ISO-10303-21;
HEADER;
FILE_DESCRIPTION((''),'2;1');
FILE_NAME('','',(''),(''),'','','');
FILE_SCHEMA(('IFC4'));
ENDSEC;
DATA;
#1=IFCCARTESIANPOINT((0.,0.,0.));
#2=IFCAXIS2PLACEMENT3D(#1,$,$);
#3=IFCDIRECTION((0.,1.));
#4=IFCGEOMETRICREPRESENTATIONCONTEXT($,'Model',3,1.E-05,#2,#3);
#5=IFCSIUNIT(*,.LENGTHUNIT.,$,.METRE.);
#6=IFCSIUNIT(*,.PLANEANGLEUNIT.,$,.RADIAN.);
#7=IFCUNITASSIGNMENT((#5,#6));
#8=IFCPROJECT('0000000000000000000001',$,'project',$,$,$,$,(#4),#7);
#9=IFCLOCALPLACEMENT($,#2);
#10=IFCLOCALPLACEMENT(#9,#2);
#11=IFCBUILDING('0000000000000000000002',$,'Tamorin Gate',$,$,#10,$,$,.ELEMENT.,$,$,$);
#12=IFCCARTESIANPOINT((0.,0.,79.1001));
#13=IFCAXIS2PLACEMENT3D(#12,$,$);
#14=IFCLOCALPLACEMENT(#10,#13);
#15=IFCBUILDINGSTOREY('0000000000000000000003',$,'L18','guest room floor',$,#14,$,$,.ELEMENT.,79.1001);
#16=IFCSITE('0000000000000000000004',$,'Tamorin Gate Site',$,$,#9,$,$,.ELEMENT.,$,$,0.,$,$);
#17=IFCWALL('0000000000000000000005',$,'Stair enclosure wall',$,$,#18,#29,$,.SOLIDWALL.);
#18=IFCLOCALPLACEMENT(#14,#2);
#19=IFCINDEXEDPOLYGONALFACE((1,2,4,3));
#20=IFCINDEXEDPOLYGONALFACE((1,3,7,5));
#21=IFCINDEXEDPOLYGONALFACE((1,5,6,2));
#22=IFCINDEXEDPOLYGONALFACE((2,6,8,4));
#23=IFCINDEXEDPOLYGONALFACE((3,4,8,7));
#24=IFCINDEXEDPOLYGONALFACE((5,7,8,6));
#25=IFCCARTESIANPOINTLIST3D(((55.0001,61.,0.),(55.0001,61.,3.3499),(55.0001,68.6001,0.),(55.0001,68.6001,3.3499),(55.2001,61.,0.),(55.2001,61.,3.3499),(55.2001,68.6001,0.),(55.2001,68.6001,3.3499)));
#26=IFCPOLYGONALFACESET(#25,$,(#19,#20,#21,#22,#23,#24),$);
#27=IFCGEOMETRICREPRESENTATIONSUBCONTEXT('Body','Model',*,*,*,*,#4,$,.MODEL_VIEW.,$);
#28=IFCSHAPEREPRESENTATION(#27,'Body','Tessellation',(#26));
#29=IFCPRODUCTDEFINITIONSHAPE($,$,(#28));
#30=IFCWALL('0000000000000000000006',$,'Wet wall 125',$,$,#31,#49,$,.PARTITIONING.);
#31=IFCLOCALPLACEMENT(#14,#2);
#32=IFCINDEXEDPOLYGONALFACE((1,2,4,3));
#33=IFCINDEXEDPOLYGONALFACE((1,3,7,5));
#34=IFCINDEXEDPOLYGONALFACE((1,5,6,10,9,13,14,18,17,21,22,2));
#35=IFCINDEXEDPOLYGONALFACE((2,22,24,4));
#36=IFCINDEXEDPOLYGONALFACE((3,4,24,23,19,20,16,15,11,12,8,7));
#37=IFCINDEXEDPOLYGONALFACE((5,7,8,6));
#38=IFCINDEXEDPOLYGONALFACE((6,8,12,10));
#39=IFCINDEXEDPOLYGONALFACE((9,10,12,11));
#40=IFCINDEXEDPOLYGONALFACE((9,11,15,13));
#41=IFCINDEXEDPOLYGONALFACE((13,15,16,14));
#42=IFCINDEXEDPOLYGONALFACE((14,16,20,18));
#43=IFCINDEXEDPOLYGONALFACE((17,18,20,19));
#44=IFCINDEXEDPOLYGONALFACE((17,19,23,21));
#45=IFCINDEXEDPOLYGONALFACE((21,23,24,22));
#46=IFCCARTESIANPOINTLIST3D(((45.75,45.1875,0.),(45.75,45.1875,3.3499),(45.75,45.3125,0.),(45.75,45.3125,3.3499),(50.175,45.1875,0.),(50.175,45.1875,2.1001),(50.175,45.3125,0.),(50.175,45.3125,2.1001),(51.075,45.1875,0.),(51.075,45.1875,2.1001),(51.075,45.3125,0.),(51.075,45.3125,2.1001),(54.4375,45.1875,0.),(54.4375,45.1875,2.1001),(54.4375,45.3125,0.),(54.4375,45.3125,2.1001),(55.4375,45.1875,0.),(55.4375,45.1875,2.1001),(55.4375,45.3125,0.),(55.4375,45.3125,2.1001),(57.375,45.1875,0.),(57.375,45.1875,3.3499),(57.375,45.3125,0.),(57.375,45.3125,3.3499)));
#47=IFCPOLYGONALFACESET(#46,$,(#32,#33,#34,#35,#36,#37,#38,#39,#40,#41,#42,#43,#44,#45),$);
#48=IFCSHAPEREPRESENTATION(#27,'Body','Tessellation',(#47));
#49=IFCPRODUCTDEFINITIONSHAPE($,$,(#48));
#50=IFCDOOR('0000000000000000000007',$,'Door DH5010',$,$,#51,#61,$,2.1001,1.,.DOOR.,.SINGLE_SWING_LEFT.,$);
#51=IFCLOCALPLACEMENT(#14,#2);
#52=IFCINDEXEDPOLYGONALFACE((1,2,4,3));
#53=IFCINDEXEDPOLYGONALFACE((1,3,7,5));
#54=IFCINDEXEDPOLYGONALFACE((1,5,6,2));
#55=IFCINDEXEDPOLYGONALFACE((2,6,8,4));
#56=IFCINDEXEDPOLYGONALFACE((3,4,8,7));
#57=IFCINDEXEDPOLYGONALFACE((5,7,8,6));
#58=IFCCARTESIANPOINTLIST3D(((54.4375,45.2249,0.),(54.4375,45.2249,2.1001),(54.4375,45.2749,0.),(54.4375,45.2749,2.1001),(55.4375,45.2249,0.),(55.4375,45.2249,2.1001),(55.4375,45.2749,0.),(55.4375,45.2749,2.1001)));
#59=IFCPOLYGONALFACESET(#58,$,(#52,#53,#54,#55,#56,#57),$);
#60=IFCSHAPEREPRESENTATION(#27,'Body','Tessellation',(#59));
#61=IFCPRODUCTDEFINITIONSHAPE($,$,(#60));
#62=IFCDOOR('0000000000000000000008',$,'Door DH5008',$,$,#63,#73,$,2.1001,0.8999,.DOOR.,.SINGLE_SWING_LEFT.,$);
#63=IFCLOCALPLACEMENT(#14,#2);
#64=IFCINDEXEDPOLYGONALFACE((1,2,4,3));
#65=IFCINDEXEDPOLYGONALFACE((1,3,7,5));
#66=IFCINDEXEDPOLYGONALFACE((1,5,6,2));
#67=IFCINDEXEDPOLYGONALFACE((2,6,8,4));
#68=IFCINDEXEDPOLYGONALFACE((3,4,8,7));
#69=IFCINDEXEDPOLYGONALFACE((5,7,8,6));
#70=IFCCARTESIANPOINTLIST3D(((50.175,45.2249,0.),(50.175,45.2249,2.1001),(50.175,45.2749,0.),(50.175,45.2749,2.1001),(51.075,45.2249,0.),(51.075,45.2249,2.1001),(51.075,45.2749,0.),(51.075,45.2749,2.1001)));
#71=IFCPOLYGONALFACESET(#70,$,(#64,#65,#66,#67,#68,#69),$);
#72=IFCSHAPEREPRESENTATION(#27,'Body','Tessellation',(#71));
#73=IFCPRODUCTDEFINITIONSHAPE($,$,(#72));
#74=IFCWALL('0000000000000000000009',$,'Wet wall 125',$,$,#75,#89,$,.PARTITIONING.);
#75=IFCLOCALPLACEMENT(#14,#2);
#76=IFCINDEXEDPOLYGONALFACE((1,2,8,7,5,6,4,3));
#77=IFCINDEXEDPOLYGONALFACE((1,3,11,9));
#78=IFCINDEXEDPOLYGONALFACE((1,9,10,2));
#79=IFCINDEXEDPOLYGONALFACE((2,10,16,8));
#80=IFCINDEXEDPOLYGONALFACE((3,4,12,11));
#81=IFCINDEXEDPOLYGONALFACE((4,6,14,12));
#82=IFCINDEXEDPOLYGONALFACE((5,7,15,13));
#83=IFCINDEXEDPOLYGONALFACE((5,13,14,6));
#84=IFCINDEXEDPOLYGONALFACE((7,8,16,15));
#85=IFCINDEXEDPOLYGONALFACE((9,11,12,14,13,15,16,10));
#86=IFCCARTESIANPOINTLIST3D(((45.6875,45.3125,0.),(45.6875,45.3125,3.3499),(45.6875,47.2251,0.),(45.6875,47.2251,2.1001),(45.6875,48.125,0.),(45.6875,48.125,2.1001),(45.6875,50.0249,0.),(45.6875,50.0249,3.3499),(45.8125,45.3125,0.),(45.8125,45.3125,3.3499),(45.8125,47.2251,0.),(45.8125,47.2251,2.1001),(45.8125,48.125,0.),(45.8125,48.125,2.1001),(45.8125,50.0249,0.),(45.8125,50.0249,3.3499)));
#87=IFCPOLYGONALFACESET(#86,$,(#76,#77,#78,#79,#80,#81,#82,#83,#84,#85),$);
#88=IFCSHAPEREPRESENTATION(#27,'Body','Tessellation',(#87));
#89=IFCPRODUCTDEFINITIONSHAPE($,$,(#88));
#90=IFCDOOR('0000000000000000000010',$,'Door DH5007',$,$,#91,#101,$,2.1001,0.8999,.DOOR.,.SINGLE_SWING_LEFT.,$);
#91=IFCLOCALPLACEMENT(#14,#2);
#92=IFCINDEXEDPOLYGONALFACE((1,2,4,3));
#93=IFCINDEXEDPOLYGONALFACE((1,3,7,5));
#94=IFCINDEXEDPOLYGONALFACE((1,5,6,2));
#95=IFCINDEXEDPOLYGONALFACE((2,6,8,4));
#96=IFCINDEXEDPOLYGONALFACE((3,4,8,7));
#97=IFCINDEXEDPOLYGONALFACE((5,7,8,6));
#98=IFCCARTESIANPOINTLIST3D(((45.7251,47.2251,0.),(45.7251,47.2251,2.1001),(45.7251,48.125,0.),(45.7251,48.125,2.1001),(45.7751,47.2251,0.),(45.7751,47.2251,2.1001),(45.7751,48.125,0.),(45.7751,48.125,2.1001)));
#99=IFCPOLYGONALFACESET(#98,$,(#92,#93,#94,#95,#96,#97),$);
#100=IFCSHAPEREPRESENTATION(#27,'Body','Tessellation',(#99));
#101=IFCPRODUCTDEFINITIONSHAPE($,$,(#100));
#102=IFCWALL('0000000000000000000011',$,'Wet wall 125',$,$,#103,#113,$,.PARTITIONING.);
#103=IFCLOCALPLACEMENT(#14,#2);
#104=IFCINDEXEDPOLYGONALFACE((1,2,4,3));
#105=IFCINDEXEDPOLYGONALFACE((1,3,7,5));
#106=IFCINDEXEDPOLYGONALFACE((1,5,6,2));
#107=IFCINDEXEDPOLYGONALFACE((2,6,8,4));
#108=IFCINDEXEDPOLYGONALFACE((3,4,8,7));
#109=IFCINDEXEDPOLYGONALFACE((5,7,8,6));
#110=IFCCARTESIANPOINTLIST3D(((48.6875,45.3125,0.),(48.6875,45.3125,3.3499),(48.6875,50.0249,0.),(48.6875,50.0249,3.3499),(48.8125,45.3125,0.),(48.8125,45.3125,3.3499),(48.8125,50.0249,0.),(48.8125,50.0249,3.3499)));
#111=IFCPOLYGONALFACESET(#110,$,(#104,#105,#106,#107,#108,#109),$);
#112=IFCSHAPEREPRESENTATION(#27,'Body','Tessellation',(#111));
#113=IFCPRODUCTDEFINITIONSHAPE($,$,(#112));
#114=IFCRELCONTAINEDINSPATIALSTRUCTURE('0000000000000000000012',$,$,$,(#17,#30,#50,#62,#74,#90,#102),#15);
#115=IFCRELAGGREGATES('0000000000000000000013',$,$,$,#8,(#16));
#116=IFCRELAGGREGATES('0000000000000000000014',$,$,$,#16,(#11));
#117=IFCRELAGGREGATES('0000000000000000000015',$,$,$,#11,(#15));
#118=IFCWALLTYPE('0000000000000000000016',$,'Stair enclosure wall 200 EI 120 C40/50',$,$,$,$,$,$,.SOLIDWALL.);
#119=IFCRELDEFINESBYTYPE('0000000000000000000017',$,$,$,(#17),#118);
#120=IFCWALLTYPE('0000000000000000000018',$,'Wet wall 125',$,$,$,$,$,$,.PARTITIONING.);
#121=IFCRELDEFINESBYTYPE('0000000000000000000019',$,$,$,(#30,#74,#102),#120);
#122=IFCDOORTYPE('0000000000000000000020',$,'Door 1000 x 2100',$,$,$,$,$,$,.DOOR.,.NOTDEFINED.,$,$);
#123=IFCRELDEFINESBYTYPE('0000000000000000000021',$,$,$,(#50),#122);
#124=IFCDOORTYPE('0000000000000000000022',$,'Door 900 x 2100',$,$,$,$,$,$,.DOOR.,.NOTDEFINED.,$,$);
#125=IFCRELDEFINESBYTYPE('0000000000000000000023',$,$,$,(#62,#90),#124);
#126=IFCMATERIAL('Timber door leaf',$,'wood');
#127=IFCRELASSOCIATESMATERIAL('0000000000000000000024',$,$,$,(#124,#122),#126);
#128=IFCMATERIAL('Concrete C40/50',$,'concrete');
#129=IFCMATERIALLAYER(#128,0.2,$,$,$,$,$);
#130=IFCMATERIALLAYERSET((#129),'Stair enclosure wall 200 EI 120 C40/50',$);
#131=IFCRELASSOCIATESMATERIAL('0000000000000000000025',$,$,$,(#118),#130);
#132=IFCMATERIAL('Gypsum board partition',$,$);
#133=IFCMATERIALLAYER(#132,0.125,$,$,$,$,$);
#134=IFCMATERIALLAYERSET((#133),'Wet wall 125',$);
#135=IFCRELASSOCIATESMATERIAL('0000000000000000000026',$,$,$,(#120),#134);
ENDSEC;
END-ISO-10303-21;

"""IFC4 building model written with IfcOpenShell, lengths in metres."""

from ifc_helpers import new_model, si_unit, direction, frame, frame_2d, origin, place, context, subcontext, project, spatial, rectangle, extrude, material, layer, layer_set, type_object, element, fill, save


model = new_model("IFC4")

# Units and contexts
model_context = context("Model", 3, precision=1e-05, world=origin(), true_north=direction((0.0, 1.0)))
body_context = subcontext(model_context, "Body", "Model", "MODEL_VIEW")
ifc_project = project(units=[si_unit("LENGTHUNIT", "METRE"), si_unit("PLANEANGLEUNIT", "RADIAN")], contexts=[model_context])

# Site, building, storey
site_placement = place(None, origin())
site = spatial("IfcSite", under=ifc_project, at=site_placement, Name="Tamorin Gate Site", CompositionType="ELEMENT", RefElevation=0.0)
building_placement = place(site_placement, origin())
building = spatial("IfcBuilding", under=site, at=building_placement, Name="Tamorin Gate", CompositionType="ELEMENT")
storey_placement = place(building_placement, frame((0.0, 0.0, 79.1001)))
storey = spatial("IfcBuildingStorey", under=building, at=storey_placement, Name="L18", Description="guest room floor", CompositionType="ELEMENT", Elevation=79.1001)

# Shared definitions
ifc_material_1 = material(Name="Gypsum board partition")

# Shared definitions
ifc_material_2 = material(Name="Timber door leaf", Category="wood")
door_type_1 = type_object("IfcDoorType", Name="Door 900 x 2100", OperationType="NOTDEFINED", PredefinedType="DOOR", material=ifc_material_2)

# Wall
ifc_material_3 = material(Name="Concrete C40/50", Category="concrete")
ifc_layer_1 = layer(ifc_material_3, 0.2)
ifc_layer_set_1 = layer_set([ifc_layer_1], Name="Stair enclosure wall 200 EI 120 C40/50")
wall_type_1 = type_object("IfcWallType", Name="Stair enclosure wall 200 EI 120 C40/50", PredefinedType="SOLIDWALL", material=ifc_layer_set_1)
wall_1_placement = place(storey_placement, frame((55.1001, 61.0, 0.0), z_axis=(0.0, 0.0, 1.0), x_axis=(0.0, 1.0, 0.0)))
element("IfcWall", 1, at=wall_1_placement, inside=storey, type_object=wall_type_1, Name="Stair enclosure wall", PredefinedType="SOLIDWALL", context=body_context, shape_type="SweptSolid", body=[
    extrude(rectangle(XDim=7.6001, YDim=0.2, at=frame_2d((3.8, 0.0))), origin(), (0.0, 0.0, 1.0), 3.3499),
])

# Wall, openings, doors
ifc_layer_2 = layer(ifc_material_1, 0.125)
ifc_layer_set_2 = layer_set([ifc_layer_2], Name="Wet wall 125")
wall_type_2 = type_object("IfcWallType", Name="Wet wall 125", PredefinedType="PARTITIONING", material=ifc_layer_set_2)
wall_2_placement = place(storey_placement, frame((45.75, 45.25, 0.0), z_axis=(0.0, 0.0, 1.0), x_axis=(1.0, 0.0, 0.0)))
wall_2 = element("IfcWall", 2, at=wall_2_placement, inside=storey, type_object=wall_type_2, Name="Wet wall 125", PredefinedType="PARTITIONING", context=body_context, shape_type="SweptSolid", body=[
    extrude(rectangle(XDim=11.625, YDim=0.125, at=frame_2d((5.8125, 0.0))), origin(), (0.0, 0.0, 1.0), 3.3499),
])
opening_1_placement = place(wall_2_placement, frame((4.425, 0.0, 0.0)))
opening_1 = element("IfcOpeningElement", 3, at=opening_1_placement, cuts=wall_2, PredefinedType="OPENING", context=body_context, shape_type="SweptSolid", body=[
    extrude(rectangle(XDim=0.8999, YDim=2.1001, at=frame_2d((0.45, 1.05))), frame((0.0, 0.0725, 0.0), z_axis=(0.0, -1.0, 0.0), x_axis=(1.0, 0.0, 0.0)), (0.0, 0.0, 1.0), 0.145),
])
opening_2_placement = place(wall_2_placement, frame((8.6875, 0.0, 0.0)))
opening_2 = element("IfcOpeningElement", 4, at=opening_2_placement, cuts=wall_2, PredefinedType="OPENING", context=body_context, shape_type="SweptSolid", body=[
    extrude(rectangle(XDim=1.0, YDim=2.1001, at=frame_2d((0.5, 1.05))), frame((0.0, 0.0725, 0.0), z_axis=(0.0, -1.0, 0.0), x_axis=(1.0, 0.0, 0.0)), (0.0, 0.0, 1.0), 0.145),
])
door_type_2 = type_object("IfcDoorType", Name="Door 1000 x 2100", OperationType="NOTDEFINED", PredefinedType="DOOR", material=ifc_material_2)
door_1_placement = place(opening_2_placement, origin())
door_1 = element("IfcDoor", 5, at=door_1_placement, inside=storey, type_object=door_type_2, Name="Door DH5010", OperationType="SINGLE_SWING_LEFT", OverallHeight=2.1001, OverallWidth=1.0, PredefinedType="DOOR", context=body_context, shape_type="SweptSolid", body=[
    extrude(rectangle(XDim=1.0, YDim=2.1001, at=frame_2d((0.5, 1.05))), frame((0.0, 0.0249, 0.0), z_axis=(0.0, -1.0, 0.0), x_axis=(1.0, 0.0, 0.0)), (0.0, 0.0, 1.0), 0.05),
])
fill(opening_2, door_1)
door_2_placement = place(opening_1_placement, origin())
door_2 = element("IfcDoor", 6, at=door_2_placement, inside=storey, type_object=door_type_1, Name="Door DH5008", OperationType="SINGLE_SWING_LEFT", OverallHeight=2.1001, OverallWidth=0.8999, PredefinedType="DOOR", context=body_context, shape_type="SweptSolid", body=[
    extrude(rectangle(XDim=0.8999, YDim=2.1001, at=frame_2d((0.45, 1.05))), frame((0.0, 0.0249, 0.0), z_axis=(0.0, -1.0, 0.0), x_axis=(1.0, 0.0, 0.0)), (0.0, 0.0, 1.0), 0.05),
])
fill(opening_1, door_2)

# Wall, opening, door
wall_3_placement = place(storey_placement, frame((45.75, 45.3125, 0.0), z_axis=(0.0, 0.0, 1.0), x_axis=(0.0, 1.0, 0.0)))
wall_3 = element("IfcWall", 7, at=wall_3_placement, inside=storey, type_object=wall_type_2, Name="Wet wall 125", PredefinedType="PARTITIONING", context=body_context, shape_type="SweptSolid", body=[
    extrude(rectangle(XDim=4.7124, YDim=0.125, at=frame_2d((2.3562, 0.0))), origin(), (0.0, 0.0, 1.0), 3.3499),
])
opening_3_placement = place(wall_3_placement, frame((1.9126, 0.0, 0.0)))
opening_3 = element("IfcOpeningElement", 8, at=opening_3_placement, cuts=wall_3, PredefinedType="OPENING", context=body_context, shape_type="SweptSolid", body=[
    extrude(rectangle(XDim=0.8999, YDim=2.1001, at=frame_2d((0.45, 1.05))), frame((0.0, 0.0725, 0.0), z_axis=(0.0, -1.0, 0.0), x_axis=(1.0, 0.0, 0.0)), (0.0, 0.0, 1.0), 0.145),
])
door_3_placement = place(opening_3_placement, origin())
door_3 = element("IfcDoor", 9, at=door_3_placement, inside=storey, type_object=door_type_1, Name="Door DH5007", OperationType="SINGLE_SWING_LEFT", OverallHeight=2.1001, OverallWidth=0.8999, PredefinedType="DOOR", context=body_context, shape_type="SweptSolid", body=[
    extrude(rectangle(XDim=0.8999, YDim=2.1001, at=frame_2d((0.45, 1.05))), frame((0.0, 0.0249, 0.0), z_axis=(0.0, -1.0, 0.0), x_axis=(1.0, 0.0, 0.0)), (0.0, 0.0, 1.0), 0.05),
])
fill(opening_3, door_3)

# Wall
wall_4_placement = place(storey_placement, frame((48.75, 45.3125, 0.0), z_axis=(0.0, 0.0, 1.0), x_axis=(0.0, 1.0, 0.0)))
element("IfcWall", 10, at=wall_4_placement, inside=storey, type_object=wall_type_2, Name="Wet wall 125", PredefinedType="PARTITIONING", context=body_context, shape_type="SweptSolid", body=[
    extrude(rectangle(XDim=4.7124, YDim=0.125, at=frame_2d((2.3562, 0.0))), origin(), (0.0, 0.0, 1.0), 3.3499),
])

save(model, "model.ifc")
